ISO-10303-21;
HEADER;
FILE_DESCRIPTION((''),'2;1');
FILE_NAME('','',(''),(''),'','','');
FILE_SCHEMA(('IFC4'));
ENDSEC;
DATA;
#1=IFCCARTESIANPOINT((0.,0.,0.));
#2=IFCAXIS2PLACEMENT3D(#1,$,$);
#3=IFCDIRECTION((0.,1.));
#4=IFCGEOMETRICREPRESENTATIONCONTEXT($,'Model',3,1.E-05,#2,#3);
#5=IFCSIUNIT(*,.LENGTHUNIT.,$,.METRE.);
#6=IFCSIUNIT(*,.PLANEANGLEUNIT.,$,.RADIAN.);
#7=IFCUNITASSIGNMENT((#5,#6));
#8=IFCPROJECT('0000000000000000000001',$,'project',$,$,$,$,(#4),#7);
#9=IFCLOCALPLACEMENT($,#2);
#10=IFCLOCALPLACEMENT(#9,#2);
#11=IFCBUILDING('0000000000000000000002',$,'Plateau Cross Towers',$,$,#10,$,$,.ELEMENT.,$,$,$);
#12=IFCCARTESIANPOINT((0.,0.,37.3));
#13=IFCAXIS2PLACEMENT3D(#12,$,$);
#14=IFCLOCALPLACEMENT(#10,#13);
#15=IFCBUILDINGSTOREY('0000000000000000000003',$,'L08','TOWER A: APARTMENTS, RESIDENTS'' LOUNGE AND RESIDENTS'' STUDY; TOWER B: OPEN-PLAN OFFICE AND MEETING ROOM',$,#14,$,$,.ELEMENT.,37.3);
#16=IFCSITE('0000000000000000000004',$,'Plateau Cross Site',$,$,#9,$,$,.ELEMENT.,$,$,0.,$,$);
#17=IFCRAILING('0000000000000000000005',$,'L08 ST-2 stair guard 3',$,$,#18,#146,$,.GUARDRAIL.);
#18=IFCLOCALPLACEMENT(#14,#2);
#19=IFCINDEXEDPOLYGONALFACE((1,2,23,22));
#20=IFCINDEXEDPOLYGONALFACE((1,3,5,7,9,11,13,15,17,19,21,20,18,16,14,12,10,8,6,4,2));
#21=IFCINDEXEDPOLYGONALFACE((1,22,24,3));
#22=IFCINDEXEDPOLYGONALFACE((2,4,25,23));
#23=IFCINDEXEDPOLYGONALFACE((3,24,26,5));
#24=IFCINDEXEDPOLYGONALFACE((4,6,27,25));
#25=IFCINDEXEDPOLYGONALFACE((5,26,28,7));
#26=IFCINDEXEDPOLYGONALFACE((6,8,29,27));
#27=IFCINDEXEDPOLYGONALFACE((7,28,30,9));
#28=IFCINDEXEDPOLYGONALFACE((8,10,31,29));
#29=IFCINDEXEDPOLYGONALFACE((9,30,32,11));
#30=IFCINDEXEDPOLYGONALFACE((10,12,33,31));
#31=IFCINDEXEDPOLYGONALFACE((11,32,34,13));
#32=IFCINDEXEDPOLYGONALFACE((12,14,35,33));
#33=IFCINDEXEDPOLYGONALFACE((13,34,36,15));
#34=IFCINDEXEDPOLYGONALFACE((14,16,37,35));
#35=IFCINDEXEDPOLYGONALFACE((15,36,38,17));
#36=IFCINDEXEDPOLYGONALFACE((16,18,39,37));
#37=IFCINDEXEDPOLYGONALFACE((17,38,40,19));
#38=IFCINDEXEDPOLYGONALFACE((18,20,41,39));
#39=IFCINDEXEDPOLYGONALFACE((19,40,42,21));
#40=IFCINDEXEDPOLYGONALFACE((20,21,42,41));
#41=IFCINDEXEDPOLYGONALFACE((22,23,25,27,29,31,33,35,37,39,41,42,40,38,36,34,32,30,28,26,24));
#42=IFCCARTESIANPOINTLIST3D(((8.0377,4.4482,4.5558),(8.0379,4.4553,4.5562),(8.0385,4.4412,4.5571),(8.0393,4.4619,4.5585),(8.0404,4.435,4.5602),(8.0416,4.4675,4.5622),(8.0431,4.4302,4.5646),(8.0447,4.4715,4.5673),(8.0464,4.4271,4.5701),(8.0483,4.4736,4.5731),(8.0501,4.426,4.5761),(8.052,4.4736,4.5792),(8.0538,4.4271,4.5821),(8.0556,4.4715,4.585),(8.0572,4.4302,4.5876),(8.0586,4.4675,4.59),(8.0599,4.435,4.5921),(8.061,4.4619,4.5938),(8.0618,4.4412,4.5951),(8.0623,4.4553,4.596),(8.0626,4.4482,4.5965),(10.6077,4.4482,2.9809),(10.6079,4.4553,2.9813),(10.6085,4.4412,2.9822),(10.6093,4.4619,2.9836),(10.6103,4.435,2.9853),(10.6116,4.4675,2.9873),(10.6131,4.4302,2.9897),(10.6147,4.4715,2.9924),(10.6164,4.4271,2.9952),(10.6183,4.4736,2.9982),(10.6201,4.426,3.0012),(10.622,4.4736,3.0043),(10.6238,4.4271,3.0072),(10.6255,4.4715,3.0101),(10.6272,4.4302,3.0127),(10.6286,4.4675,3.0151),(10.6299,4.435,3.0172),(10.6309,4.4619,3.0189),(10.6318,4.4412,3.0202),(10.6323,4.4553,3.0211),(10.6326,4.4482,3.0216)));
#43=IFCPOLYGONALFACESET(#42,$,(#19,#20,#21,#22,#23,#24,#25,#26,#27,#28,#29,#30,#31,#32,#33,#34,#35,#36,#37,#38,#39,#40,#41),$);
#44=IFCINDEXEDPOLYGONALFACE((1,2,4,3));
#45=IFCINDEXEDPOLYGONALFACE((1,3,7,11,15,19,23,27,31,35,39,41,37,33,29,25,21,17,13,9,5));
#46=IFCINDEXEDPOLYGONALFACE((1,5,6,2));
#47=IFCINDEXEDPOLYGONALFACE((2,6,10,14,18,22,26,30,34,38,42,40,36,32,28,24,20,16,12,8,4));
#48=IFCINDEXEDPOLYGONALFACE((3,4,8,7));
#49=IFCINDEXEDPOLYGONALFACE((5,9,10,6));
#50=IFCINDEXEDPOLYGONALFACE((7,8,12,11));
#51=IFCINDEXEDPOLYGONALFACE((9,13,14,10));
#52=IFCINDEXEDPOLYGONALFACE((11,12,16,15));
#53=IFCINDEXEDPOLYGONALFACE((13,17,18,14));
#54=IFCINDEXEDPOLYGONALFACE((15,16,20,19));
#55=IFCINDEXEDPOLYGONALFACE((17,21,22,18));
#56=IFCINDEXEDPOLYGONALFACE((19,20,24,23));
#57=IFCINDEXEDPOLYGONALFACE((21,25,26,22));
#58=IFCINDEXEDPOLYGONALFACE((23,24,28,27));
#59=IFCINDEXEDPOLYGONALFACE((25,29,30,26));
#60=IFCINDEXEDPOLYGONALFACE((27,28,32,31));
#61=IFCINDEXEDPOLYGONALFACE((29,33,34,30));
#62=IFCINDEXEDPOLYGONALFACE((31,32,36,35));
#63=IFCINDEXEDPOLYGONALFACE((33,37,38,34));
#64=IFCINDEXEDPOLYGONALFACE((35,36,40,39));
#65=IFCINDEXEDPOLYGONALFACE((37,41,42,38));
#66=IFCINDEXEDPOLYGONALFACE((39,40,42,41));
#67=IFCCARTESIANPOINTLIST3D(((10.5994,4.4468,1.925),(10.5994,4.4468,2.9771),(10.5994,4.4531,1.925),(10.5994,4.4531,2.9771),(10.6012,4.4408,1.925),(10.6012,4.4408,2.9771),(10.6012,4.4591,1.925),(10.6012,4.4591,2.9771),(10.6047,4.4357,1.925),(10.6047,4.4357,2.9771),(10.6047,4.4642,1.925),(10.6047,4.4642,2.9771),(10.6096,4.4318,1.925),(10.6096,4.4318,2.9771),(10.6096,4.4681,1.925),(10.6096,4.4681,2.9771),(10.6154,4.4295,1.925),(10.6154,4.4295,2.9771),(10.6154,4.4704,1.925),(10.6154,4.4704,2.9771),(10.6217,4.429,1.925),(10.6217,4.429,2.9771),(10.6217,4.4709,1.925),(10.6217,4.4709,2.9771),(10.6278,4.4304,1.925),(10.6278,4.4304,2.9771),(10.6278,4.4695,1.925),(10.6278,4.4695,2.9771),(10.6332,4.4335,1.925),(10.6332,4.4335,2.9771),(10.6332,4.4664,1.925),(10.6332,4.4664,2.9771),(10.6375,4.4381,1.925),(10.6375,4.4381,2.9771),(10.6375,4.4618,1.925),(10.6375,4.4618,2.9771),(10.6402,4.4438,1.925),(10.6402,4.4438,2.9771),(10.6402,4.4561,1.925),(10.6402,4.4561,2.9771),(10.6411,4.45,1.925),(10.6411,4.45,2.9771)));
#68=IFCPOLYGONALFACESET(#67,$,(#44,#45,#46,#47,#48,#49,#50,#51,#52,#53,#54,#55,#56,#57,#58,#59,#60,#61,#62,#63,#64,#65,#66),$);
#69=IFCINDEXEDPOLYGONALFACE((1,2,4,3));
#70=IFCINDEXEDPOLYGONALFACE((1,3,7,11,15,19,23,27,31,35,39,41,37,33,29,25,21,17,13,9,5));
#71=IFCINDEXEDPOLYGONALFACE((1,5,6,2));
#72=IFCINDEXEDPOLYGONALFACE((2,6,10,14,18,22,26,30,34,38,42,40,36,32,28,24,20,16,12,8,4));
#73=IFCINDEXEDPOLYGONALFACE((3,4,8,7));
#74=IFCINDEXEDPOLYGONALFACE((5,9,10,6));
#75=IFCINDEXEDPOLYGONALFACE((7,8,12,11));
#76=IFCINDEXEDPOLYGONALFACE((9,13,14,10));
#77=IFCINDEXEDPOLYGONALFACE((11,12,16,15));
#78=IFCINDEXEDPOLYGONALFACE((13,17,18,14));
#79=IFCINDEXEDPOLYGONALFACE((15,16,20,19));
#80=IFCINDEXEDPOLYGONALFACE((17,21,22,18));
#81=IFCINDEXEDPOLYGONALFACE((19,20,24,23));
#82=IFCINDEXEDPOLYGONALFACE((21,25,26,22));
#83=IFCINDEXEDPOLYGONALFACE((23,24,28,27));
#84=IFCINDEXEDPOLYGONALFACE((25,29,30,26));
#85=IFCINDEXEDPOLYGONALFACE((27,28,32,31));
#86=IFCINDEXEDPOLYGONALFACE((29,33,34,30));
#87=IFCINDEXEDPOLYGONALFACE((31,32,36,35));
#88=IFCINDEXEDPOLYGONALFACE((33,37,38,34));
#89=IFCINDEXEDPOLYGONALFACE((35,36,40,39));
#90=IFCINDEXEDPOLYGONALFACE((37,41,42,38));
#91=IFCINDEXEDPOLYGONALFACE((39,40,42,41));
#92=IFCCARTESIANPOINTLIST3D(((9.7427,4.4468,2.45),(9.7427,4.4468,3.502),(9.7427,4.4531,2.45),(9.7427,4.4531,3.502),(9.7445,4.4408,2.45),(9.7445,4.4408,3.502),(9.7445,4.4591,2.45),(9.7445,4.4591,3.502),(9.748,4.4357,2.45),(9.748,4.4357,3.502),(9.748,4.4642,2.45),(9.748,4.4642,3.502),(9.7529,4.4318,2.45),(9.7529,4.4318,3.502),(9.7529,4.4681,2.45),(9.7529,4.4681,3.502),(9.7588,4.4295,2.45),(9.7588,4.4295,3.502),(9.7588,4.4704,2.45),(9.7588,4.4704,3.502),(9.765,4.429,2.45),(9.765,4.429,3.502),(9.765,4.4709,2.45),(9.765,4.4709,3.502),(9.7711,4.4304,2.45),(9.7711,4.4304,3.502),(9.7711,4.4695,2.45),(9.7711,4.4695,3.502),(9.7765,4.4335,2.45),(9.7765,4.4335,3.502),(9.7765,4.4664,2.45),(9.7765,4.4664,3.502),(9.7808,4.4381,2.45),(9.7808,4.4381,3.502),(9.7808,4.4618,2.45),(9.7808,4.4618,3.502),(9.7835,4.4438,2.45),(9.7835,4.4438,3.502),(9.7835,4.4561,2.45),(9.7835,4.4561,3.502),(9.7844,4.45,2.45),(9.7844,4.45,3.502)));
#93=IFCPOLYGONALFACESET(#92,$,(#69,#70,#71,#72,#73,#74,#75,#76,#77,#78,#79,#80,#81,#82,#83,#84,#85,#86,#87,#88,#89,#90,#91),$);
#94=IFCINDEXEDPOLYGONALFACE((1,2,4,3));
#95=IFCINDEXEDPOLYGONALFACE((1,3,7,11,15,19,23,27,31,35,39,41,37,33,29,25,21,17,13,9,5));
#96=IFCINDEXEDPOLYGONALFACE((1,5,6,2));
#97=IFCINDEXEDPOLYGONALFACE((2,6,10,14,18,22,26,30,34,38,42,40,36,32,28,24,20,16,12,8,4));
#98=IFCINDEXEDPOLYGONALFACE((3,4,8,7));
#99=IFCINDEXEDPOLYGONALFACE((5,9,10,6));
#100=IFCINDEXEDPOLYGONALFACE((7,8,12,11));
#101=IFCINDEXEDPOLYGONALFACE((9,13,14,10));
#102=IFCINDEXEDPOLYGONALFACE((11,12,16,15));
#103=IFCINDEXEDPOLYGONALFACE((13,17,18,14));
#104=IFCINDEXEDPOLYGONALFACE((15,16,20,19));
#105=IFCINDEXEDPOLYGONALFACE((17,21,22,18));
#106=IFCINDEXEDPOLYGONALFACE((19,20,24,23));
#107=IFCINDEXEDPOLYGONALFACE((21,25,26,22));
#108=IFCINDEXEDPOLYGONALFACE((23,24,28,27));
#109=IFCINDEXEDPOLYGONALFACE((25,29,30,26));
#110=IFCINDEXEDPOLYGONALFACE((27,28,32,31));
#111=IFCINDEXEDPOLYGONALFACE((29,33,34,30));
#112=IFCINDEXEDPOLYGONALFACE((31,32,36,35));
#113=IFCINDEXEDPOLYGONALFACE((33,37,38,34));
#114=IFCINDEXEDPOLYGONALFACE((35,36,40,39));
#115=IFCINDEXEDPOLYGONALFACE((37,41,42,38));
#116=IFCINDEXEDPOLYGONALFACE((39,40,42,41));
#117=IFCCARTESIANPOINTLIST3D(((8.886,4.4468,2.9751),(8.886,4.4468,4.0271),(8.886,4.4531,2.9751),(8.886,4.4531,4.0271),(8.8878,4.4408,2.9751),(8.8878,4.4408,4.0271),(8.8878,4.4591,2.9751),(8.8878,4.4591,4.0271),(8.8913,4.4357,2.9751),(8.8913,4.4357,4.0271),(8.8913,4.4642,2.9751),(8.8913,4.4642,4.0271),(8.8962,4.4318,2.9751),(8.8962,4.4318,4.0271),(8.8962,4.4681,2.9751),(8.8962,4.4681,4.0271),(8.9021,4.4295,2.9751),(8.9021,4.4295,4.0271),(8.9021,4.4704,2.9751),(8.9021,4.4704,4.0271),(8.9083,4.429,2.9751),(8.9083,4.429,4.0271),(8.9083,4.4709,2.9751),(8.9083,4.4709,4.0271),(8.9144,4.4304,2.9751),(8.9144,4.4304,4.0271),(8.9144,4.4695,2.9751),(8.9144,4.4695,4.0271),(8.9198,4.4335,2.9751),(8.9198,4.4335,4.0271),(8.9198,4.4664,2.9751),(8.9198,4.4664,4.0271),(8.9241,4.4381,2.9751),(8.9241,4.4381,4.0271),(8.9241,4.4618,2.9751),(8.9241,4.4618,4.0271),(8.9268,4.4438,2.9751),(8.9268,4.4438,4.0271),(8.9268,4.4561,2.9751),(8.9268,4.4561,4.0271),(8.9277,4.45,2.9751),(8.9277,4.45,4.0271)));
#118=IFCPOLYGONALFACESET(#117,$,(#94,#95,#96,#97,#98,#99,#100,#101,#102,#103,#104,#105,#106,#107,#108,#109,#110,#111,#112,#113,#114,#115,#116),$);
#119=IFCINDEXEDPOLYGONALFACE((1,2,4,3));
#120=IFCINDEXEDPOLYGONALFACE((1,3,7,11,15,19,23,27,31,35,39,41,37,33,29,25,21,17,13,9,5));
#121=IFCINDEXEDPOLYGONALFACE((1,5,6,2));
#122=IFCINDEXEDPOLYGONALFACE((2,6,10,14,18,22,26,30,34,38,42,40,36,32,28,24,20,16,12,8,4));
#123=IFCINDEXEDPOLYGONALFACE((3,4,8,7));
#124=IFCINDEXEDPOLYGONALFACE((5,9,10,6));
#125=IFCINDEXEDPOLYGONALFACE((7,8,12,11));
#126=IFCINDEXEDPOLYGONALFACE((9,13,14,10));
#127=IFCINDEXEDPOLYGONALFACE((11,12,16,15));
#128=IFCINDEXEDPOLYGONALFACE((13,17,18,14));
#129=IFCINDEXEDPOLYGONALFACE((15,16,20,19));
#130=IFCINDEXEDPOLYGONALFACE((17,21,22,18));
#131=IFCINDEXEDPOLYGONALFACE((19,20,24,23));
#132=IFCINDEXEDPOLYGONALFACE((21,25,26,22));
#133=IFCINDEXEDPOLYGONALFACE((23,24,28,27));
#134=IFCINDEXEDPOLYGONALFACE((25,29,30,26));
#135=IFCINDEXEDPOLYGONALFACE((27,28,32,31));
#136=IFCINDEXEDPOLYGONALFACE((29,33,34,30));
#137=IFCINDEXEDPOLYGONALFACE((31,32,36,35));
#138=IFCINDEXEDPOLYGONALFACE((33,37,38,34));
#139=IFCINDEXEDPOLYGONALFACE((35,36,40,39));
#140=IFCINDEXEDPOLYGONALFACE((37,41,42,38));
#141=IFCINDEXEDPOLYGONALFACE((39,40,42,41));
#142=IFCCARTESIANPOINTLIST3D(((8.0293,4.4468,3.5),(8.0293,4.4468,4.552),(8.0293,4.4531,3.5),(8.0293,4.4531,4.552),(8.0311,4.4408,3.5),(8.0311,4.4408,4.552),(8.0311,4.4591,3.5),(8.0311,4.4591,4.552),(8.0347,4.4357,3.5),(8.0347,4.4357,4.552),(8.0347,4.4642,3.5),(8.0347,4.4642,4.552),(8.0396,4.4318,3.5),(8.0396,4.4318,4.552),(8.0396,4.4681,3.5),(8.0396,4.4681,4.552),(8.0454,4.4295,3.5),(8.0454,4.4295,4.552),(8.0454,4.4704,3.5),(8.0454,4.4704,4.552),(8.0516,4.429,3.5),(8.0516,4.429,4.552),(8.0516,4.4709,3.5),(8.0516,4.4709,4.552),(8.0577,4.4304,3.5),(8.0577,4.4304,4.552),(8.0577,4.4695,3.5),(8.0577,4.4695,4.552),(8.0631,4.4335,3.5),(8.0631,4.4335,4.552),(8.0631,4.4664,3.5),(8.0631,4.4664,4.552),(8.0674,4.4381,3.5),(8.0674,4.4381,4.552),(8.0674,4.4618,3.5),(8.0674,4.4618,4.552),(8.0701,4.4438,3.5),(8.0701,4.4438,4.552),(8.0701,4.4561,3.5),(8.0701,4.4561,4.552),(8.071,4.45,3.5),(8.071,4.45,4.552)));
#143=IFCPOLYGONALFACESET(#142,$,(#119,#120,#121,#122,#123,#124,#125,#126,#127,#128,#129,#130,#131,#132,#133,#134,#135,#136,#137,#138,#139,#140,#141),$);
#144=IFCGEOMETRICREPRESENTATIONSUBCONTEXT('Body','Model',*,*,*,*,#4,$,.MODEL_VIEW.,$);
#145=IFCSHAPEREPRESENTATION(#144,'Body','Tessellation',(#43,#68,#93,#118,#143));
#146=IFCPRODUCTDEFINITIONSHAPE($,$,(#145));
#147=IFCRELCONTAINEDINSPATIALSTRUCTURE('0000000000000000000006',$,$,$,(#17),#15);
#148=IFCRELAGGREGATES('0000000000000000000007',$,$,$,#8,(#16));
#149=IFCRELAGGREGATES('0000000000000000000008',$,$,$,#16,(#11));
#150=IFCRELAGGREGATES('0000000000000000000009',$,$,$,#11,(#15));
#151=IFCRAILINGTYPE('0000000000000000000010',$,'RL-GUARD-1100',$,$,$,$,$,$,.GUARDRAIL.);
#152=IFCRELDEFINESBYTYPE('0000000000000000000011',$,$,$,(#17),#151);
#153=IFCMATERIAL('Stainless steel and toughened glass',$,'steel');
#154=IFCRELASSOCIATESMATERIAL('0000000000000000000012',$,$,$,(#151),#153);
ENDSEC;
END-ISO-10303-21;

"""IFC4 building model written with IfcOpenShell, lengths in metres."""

from ifc_helpers import new_model, si_unit, direction, frame, origin, origin_2d, place, context, subcontext, project, spatial, circle, extrude, material, type_object, element, save


model = new_model("IFC4")

# Units and contexts
model_context = context("Model", 3, precision=1e-05, world=origin(), true_north=direction((0.0, 1.0)))
body_context = subcontext(model_context, "Body", "Model", "MODEL_VIEW")
ifc_project = project(units=[si_unit("LENGTHUNIT", "METRE"), si_unit("PLANEANGLEUNIT", "RADIAN")], contexts=[model_context])

# Site, building, storey
site_placement = place(None, origin())
site = spatial("IfcSite", under=ifc_project, at=site_placement, Name="Plateau Cross Site", CompositionType="ELEMENT", RefElevation=0.0)
building_placement = place(site_placement, origin())
building = spatial("IfcBuilding", under=site, at=building_placement, Name="Plateau Cross Towers", CompositionType="ELEMENT")
storey_placement = place(building_placement, frame((0.0, 0.0, 37.3)))
storey = spatial("IfcBuildingStorey", under=building, at=storey_placement, Name="L08", Description="TOWER A: APARTMENTS, RESIDENTS' LOUNGE AND RESIDENTS' STUDY; TOWER B: OPEN-PLAN OFFICE AND MEETING ROOM", CompositionType="ELEMENT", Elevation=37.3)

# Railing
ifc_material_1 = material(Name="Stainless steel and toughened glass", Category="steel")
railing_type_1 = type_object("IfcRailingType", Name="RL-GUARD-1100", PredefinedType="GUARDRAIL", material=ifc_material_1)
railing_1_placement = place(storey_placement, frame((10.6201, 4.45, 1.925)))
element("IfcRailing", 1, at=railing_1_placement, inside=storey, type_object=railing_type_1, Name="L08 ST-2 stair guard 3", PredefinedType="GUARDRAIL", context=body_context, shape_type="SweptSolid", body=[
    extrude(circle(Radius=0.0239, at=origin_2d()), frame((0.0, 0.0, 1.0762), z_axis=(-0.852639, 0.0, 0.522501), x_axis=(0.0, -1.0, 0.0)), (0.0, 0.0, 1.0), 3.0142),
    extrude(circle(Radius=0.021, at=origin_2d()), origin(), (0.0, 0.0, 1.0), 1.052),
    extrude(circle(Radius=0.021, at=origin_2d()), frame((-0.8567, 0.0, 0.5249)), (0.0, 0.0, 1.0), 1.052),
    extrude(circle(Radius=0.021, at=origin_2d()), frame((-1.7134, 0.0, 1.05)), (0.0, 0.0, 1.0), 1.052),
    extrude(circle(Radius=0.021, at=origin_2d()), frame((-2.5701, 0.0, 1.575)), (0.0, 0.0, 1.0), 1.052),
])

save(model, "model.ifc")
